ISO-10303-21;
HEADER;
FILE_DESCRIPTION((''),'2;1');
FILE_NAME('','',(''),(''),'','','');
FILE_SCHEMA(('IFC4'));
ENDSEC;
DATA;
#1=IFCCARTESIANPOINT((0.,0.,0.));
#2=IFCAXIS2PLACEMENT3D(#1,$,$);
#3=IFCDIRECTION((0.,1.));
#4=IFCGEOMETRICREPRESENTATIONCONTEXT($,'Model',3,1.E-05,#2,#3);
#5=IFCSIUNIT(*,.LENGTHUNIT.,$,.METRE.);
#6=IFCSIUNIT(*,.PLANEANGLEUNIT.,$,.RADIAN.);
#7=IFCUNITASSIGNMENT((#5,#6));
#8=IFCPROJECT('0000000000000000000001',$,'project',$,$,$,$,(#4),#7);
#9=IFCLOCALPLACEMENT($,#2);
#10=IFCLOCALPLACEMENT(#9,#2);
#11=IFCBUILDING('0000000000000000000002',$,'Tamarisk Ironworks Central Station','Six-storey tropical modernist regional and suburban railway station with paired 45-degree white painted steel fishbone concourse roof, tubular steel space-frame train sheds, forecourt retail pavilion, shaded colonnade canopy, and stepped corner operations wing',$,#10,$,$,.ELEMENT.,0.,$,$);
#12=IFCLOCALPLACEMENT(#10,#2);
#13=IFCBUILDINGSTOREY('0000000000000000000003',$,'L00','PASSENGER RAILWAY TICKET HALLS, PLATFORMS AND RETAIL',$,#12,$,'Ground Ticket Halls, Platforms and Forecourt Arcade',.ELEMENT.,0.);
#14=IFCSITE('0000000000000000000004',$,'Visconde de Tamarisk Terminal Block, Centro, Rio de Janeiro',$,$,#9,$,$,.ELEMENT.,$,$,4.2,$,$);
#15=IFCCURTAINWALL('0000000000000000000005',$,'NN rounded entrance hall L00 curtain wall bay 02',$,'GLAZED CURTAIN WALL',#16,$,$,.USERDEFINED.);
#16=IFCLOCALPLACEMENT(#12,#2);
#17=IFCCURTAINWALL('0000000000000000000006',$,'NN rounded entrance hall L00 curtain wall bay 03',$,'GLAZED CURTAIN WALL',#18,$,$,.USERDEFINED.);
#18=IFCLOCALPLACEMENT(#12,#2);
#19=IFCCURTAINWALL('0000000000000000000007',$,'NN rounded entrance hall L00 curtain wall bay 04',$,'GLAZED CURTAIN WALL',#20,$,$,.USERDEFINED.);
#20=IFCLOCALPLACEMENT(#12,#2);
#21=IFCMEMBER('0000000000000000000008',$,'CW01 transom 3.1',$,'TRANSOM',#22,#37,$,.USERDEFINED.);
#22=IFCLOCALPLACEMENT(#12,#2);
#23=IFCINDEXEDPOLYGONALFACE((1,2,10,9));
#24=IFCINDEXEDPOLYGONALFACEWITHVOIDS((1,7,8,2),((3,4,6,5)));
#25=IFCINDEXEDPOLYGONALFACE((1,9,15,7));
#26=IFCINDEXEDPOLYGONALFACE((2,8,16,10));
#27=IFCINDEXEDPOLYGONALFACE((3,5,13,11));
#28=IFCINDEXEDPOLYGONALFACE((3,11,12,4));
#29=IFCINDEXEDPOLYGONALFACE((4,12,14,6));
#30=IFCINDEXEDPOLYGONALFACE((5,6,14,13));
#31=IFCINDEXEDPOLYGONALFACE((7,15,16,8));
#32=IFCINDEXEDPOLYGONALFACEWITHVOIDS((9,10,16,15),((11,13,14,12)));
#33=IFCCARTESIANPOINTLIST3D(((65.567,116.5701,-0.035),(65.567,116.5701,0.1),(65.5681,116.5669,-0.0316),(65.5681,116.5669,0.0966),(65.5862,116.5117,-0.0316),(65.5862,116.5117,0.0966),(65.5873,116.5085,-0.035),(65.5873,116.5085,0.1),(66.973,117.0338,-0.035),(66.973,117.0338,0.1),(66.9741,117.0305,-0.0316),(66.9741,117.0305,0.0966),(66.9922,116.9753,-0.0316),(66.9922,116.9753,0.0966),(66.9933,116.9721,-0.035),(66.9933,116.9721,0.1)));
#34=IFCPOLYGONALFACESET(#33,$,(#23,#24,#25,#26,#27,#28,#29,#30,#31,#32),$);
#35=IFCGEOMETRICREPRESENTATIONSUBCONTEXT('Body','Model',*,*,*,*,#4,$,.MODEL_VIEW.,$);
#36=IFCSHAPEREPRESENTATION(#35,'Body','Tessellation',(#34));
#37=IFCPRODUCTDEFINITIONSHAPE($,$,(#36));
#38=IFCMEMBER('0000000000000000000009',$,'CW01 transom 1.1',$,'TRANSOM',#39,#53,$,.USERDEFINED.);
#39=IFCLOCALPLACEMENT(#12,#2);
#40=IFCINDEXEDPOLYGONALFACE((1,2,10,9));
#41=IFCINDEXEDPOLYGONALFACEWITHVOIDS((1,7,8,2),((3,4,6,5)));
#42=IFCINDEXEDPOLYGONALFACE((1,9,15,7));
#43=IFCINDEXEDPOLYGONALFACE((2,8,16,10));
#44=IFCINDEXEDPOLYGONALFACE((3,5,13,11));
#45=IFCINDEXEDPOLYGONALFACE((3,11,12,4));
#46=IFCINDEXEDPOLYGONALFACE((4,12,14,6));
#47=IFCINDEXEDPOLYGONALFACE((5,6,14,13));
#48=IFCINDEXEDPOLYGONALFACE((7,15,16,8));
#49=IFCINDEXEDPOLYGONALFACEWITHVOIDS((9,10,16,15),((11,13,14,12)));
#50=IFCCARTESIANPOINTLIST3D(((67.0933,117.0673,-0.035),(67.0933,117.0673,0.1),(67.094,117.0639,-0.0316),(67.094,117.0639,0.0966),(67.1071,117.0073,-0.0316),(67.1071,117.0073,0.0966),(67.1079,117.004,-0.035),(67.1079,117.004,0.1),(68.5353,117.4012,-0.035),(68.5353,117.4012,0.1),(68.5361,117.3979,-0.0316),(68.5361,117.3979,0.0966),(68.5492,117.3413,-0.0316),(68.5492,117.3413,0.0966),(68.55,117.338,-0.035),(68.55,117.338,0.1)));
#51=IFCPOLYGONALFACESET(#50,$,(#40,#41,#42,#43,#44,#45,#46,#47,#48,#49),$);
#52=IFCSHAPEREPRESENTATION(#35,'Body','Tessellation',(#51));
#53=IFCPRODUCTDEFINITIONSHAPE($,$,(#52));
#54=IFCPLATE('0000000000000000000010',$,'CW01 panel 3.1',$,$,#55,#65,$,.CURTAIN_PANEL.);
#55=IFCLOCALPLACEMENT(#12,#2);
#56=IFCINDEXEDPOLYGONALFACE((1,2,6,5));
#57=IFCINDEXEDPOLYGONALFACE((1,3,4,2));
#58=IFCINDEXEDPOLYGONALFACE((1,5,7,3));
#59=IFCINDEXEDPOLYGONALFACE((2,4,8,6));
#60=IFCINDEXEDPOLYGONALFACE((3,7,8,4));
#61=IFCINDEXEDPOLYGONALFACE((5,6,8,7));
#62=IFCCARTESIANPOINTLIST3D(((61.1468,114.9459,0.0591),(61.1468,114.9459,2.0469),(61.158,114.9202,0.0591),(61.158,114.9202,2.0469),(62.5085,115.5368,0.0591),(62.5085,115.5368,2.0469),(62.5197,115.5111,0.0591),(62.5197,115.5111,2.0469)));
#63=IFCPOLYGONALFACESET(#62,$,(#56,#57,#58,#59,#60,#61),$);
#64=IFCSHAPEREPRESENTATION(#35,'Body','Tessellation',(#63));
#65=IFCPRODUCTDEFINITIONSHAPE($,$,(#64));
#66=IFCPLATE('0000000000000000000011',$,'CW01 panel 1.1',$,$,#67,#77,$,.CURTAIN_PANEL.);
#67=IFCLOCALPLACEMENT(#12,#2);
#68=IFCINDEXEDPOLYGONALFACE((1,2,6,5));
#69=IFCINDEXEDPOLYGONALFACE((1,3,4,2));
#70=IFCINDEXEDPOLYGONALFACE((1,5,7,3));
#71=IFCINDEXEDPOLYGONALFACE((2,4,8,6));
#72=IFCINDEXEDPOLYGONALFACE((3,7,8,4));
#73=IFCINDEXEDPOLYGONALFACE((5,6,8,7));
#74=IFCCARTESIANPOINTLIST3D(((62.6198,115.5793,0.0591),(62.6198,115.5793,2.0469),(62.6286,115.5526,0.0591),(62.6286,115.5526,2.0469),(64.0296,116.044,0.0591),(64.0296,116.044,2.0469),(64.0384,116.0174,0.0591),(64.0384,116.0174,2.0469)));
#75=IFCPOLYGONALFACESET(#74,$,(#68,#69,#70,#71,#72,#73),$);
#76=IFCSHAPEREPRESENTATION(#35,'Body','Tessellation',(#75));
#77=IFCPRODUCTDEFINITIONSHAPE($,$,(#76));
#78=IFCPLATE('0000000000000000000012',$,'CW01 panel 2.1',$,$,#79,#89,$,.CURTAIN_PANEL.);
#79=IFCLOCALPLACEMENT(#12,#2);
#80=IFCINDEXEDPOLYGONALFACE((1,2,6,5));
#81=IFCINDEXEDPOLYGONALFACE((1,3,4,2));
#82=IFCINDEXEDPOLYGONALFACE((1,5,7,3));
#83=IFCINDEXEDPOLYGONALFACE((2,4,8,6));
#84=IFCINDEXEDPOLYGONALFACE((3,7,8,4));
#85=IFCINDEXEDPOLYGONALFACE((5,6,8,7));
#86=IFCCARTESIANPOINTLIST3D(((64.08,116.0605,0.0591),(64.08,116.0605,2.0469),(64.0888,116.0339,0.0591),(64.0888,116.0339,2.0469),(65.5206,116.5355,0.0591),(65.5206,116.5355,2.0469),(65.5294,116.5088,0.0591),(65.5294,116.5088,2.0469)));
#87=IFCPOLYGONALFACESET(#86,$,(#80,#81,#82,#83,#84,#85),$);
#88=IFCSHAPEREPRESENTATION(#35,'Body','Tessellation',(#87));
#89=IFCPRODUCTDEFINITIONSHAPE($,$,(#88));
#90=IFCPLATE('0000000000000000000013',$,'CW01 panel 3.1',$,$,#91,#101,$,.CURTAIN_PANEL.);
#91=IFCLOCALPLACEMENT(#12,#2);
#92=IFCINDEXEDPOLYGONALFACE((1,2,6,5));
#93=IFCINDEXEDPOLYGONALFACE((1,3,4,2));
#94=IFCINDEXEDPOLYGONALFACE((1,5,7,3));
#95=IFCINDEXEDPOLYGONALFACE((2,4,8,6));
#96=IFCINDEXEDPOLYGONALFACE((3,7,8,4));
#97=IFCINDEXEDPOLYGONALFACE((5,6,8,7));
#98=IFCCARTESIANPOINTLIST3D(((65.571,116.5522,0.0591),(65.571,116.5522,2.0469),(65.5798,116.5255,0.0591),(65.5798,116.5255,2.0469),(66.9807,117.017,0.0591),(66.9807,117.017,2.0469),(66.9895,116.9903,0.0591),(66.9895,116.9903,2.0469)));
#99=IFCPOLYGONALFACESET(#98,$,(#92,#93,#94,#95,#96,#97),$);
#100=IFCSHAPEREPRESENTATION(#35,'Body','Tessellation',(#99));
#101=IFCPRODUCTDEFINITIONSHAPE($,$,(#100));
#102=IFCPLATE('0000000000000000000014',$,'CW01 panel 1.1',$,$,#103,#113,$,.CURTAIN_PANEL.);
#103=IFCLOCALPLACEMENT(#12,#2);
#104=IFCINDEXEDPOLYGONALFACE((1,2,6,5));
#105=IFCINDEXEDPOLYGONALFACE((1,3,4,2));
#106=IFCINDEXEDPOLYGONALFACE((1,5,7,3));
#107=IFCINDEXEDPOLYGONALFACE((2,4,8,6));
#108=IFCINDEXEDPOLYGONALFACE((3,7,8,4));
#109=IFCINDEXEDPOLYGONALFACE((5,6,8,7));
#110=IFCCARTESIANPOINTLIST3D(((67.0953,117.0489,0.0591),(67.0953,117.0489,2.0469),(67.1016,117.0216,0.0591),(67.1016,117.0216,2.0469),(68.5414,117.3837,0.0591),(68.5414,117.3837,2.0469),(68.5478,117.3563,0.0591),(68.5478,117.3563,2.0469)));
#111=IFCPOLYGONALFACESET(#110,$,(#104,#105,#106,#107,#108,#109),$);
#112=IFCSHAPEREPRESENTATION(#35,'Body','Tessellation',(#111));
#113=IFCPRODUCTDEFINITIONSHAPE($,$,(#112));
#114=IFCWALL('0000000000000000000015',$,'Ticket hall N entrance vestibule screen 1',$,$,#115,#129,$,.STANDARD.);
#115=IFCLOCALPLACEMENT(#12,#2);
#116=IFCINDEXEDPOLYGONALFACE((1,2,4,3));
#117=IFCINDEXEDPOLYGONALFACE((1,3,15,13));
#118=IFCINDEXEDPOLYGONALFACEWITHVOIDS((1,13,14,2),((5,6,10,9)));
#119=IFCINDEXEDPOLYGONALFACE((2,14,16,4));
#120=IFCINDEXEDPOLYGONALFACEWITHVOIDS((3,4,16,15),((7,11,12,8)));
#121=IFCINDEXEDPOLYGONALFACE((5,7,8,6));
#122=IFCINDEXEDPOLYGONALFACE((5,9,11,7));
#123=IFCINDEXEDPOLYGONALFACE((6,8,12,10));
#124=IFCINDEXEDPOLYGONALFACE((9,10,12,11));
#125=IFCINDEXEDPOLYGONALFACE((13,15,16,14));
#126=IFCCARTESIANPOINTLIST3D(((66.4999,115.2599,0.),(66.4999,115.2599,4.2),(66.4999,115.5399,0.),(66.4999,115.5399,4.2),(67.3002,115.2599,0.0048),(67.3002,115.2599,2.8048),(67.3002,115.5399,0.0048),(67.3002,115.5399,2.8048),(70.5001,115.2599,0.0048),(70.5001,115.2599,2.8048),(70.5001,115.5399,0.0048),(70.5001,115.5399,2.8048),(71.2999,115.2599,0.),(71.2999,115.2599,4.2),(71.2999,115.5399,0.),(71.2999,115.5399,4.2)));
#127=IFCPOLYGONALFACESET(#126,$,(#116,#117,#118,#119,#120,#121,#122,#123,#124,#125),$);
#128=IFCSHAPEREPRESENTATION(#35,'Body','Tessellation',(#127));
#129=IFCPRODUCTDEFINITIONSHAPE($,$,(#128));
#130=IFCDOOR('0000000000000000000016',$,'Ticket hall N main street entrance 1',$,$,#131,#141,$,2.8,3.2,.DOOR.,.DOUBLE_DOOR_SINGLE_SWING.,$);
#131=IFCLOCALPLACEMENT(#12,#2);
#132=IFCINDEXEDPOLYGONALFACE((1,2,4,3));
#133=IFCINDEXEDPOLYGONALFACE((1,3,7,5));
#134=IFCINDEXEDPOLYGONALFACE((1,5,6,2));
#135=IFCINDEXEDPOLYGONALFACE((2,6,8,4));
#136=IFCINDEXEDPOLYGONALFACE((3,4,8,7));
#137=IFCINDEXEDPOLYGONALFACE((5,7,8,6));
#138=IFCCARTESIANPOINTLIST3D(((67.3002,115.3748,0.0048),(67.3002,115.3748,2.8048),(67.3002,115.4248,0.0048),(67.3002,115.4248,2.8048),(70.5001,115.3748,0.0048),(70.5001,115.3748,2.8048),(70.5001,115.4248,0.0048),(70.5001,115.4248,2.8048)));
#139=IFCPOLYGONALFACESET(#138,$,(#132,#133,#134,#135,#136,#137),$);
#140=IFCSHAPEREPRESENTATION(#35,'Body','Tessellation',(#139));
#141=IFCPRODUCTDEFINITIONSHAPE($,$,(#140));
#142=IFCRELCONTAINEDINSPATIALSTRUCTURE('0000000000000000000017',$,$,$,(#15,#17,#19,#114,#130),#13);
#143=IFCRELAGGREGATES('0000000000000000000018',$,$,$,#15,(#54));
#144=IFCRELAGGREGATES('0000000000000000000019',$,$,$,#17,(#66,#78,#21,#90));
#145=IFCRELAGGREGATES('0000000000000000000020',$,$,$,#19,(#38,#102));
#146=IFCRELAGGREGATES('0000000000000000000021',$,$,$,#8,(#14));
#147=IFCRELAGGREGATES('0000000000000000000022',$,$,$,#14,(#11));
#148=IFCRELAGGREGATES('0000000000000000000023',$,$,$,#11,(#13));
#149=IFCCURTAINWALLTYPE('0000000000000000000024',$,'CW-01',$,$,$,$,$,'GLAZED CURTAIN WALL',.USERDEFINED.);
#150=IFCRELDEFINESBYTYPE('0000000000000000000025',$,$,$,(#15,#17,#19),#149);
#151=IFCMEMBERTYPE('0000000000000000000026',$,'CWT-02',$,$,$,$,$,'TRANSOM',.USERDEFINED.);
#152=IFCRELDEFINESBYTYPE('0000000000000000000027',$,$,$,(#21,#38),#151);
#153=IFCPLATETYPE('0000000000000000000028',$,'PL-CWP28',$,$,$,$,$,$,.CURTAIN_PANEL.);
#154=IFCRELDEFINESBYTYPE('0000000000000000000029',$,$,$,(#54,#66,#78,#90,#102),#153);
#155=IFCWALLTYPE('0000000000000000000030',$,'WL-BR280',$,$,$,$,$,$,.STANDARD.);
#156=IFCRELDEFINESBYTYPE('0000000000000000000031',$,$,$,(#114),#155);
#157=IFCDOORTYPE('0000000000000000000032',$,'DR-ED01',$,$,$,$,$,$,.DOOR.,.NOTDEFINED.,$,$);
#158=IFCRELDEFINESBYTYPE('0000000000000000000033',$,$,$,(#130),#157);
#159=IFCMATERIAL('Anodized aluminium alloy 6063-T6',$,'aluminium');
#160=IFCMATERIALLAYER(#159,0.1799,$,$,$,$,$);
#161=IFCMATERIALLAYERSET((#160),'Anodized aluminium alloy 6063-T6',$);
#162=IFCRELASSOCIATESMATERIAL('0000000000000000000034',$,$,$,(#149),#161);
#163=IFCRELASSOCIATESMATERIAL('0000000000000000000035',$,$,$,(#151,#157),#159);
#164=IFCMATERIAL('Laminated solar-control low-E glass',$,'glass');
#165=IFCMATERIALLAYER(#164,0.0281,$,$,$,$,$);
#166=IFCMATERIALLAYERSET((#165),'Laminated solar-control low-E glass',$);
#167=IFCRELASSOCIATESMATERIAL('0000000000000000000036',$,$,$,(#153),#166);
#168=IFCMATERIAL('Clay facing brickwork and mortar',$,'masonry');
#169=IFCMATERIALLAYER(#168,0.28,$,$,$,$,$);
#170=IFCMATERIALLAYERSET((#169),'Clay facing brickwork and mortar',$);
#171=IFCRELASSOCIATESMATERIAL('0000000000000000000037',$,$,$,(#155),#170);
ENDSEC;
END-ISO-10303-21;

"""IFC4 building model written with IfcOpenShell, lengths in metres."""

from ifc_helpers import new_model, si_unit, direction, frame, frame_2d, origin, origin_2d, place, context, subcontext, project, spatial, rectangle, hollow_rectangle, extrude, material, layer, layer_set, material_profile, profile_set, type_object, element, fill, aggregate, save


model = new_model("IFC4")

# Units and contexts
model_context = context("Model", 3, precision=1e-05, world=origin(), true_north=direction((0.0, 1.0)))
body_context = subcontext(model_context, "Body", "Model", "MODEL_VIEW")
ifc_project = project(units=[si_unit("LENGTHUNIT", "METRE"), si_unit("PLANEANGLEUNIT", "RADIAN")], contexts=[model_context])

# Site, building, storey
site_placement = place(None, origin())
site = spatial("IfcSite", under=ifc_project, at=site_placement, Name="Visconde de Tamarisk Terminal Block, Centro, Rio de Janeiro", CompositionType="ELEMENT", RefElevation=4.2)
building_placement = place(site_placement, origin())
building = spatial("IfcBuilding", under=site, at=building_placement, Name="Tamarisk Ironworks Central Station", Description="Six-storey tropical modernist regional and suburban railway station with paired 45-degree white painted steel fishbone concourse roof, tubular steel space-frame train sheds, forecourt retail pavilion, shaded colonnade canopy, and stepped corner operations wing", CompositionType="ELEMENT", ElevationOfRefHeight=0.0)
storey_placement = place(building_placement, origin())
storey = spatial("IfcBuildingStorey", under=building, at=storey_placement, Name="L00", Description="PASSENGER RAILWAY TICKET HALLS, PLATFORMS AND RETAIL", LongName="Ground Ticket Halls, Platforms and Forecourt Arcade", CompositionType="ELEMENT", Elevation=0.0)

# Curtain walls
ifc_material_1 = material(Name="Anodized aluminium alloy 6063-T6", Category="aluminium")
ifc_layer_1 = layer(ifc_material_1, 0.1799)
ifc_layer_set_1 = layer_set([ifc_layer_1], Name="Anodized aluminium alloy 6063-T6")
curtain_wall_type = type_object("IfcCurtainWallType", Name="CW-01", ElementType="GLAZED CURTAIN WALL", PredefinedType="USERDEFINED", material=ifc_layer_set_1)
curtain_wall_1_placement = place(storey_placement, origin())
curtain_wall_1 = element("IfcCurtainWall", 1, at=curtain_wall_1_placement, inside=storey, type_object=curtain_wall_type, Name="NN rounded entrance hall L00 curtain wall bay 02", ObjectType="GLAZED CURTAIN WALL", PredefinedType="USERDEFINED")
curtain_wall_2_placement = place(storey_placement, origin())
curtain_wall_2 = element("IfcCurtainWall", 2, at=curtain_wall_2_placement, inside=storey, type_object=curtain_wall_type, Name="NN rounded entrance hall L00 curtain wall bay 03", ObjectType="GLAZED CURTAIN WALL", PredefinedType="USERDEFINED")

# Curtain wall
curtain_wall_3_placement = place(storey_placement, origin())
curtain_wall_3 = element("IfcCurtainWall", 3, at=curtain_wall_3_placement, inside=storey, type_object=curtain_wall_type, Name="NN rounded entrance hall L00 curtain wall bay 04", ObjectType="GLAZED CURTAIN WALL", PredefinedType="USERDEFINED")

# Members
ifc_material_profile_1 = material_profile(ifc_material_1, hollow_rectangle(XDim=0.0649, YDim=0.135, WallThickness=0.0034, at=origin_2d()), Name="ALUM 135x65")
ifc_profile_set_1 = profile_set([ifc_material_profile_1], Name="Anodized aluminium alloy 6063-T6")
member_type_1 = type_object("IfcMemberType", Name="CWT-02", ElementType="TRANSOM", PredefinedType="USERDEFINED", material=ifc_profile_set_1)
member_1_placement = place(storey_placement, frame((65.5771, 116.5393, 0.0325), z_axis=(0.949701, 0.313159, 0.0), x_axis=(-0.313159, 0.949701, 0.0)))
member_1 = element("IfcMember", 4, at=member_1_placement, type_object=member_type_1, Name="CW01 transom 3.1", ObjectType="TRANSOM", PredefinedType="USERDEFINED", context=body_context, shape_type="SweptSolid", body=[
    extrude(hollow_rectangle(XDim=0.0649, YDim=0.135, WallThickness=0.0034, at=origin_2d()), origin(), (0.0, 0.0, 1.0), 1.4805),
])
member_2_placement = place(storey_placement, frame((67.1006, 117.0356, 0.0325), z_axis=(0.974216, 0.225618, 0.0), x_axis=(-0.225618, 0.974216, 0.0)))
member_2 = element("IfcMember", 5, at=member_2_placement, type_object=member_type_1, Name="CW01 transom 1.1", ObjectType="TRANSOM", PredefinedType="USERDEFINED", context=body_context, shape_type="SweptSolid", body=[
    extrude(hollow_rectangle(XDim=0.0649, YDim=0.135, WallThickness=0.0034, at=origin_2d()), origin(), (0.0, 0.0, 1.0), 1.4802),
])

# Plates
ifc_material_2 = material(Name="Laminated solar-control low-E glass", Category="glass")
ifc_layer_2 = layer(ifc_material_2, 0.0281)
ifc_layer_set_2 = layer_set([ifc_layer_2], Name="Laminated solar-control low-E glass")
plate_type = type_object("IfcPlateType", Name="PL-CWP28", PredefinedType="CURTAIN_PANEL", material=ifc_layer_set_2)
plate_1_placement = place(storey_placement, frame((61.8333, 115.2285, 0.0591), z_axis=(0.0, 0.0, 1.0), x_axis=(0.917352, 0.398077, 0.0)))
plate_1 = element("IfcPlate", 6, at=plate_1_placement, type_object=plate_type, Name="CW01 panel 3.1", PredefinedType="CURTAIN_PANEL", context=body_context, shape_type="SweptSolid", body=[
    extrude(rectangle(XDim=1.4844, YDim=0.0281, at=origin_2d()), origin(), (0.0, 0.0, 1.0), 1.9878),
])
aggregate(curtain_wall_1, [plate_1])
plate_2_placement = place(storey_placement, frame((63.3291, 115.7983, 0.0591), z_axis=(0.0, 0.0, 1.0), x_axis=(0.949721, 0.313098, 0.0)))
plate_2 = element("IfcPlate", 7, at=plate_2_placement, type_object=plate_type, Name="CW01 panel 1.1", PredefinedType="CURTAIN_PANEL", context=body_context, shape_type="SweptSolid", body=[
    extrude(rectangle(XDim=1.4844, YDim=0.0281, at=origin_2d()), origin(), (0.0, 0.0, 1.0), 1.9878),
])
plate_3_placement = place(storey_placement, frame((64.8047, 116.2847, 0.0591), z_axis=(0.0, 0.0, 1.0), x_axis=(0.949721, 0.313098, 0.0)))
plate_3 = element("IfcPlate", 8, at=plate_3_placement, type_object=plate_type, Name="CW01 panel 2.1", PredefinedType="CURTAIN_PANEL", context=body_context, shape_type="SweptSolid", body=[
    extrude(rectangle(XDim=1.5168, YDim=0.0281, at=origin_2d()), origin(), (0.0, 0.0, 1.0), 1.9878),
])
plate_4_placement = place(storey_placement, frame((66.2803, 116.7712, 0.0591), z_axis=(0.0, 0.0, 1.0), x_axis=(0.949721, 0.313098, 0.0)))
plate_4 = element("IfcPlate", 9, at=plate_4_placement, type_object=plate_type, Name="CW01 panel 3.1", PredefinedType="CURTAIN_PANEL", context=body_context, shape_type="SweptSolid", body=[
    extrude(rectangle(XDim=1.4844, YDim=0.0281, at=origin_2d()), origin(), (0.0, 0.0, 1.0), 1.9878),
])
aggregate(curtain_wall_2, [plate_2, plate_3, member_1, plate_4])
plate_5_placement = place(storey_placement, frame((67.8215, 117.2026, 0.0591), z_axis=(0.0, 0.0, 1.0), x_axis=(0.974239, 0.225517, 0.0)))
plate_5 = element("IfcPlate", 10, at=plate_5_placement, type_object=plate_type, Name="CW01 panel 1.1", PredefinedType="CURTAIN_PANEL", context=body_context, shape_type="SweptSolid", body=[
    extrude(rectangle(XDim=1.4844, YDim=0.0281, at=origin_2d()), origin(), (0.0, 0.0, 1.0), 1.9878),
])
aggregate(curtain_wall_3, [member_2, plate_5])

# Wall, opening, door
ifc_material_3 = material(Name="Clay facing brickwork and mortar", Category="masonry")
ifc_layer_3 = layer(ifc_material_3, 0.28)
ifc_layer_set_3 = layer_set([ifc_layer_3], Name="Clay facing brickwork and mortar")
wall_type = type_object("IfcWallType", Name="WL-BR280", PredefinedType="STANDARD", material=ifc_layer_set_3)
wall_placement = place(storey_placement, frame((66.5, 115.3999, 0.0), z_axis=(0.0, 0.0, 1.0), x_axis=(1.0, 0.0, 0.0)))
wall = element("IfcWall", 11, at=wall_placement, inside=storey, type_object=wall_type, Name="Ticket hall N entrance vestibule screen 1", PredefinedType="STANDARD", context=body_context, shape_type="SweptSolid", body=[
    extrude(rectangle(XDim=4.8, YDim=0.28, at=frame_2d((2.3999, 0.0))), origin(), (0.0, 0.0, 1.0), 4.2),
])
opening_placement = place(wall_placement, frame((0.8, 0.0, 0.0049)))
opening = element("IfcOpeningElement", 12, at=opening_placement, cuts=wall, PredefinedType="OPENING", context=body_context, shape_type="SweptSolid", body=[
    extrude(rectangle(XDim=3.2, YDim=2.8, at=frame_2d((1.6001, 1.3999))), frame((0.0, 0.1519, 0.0), z_axis=(0.0, -1.0, 0.0), x_axis=(1.0, 0.0, 0.0)), (0.0, 0.0, 1.0), 0.304),
])
door_type = type_object("IfcDoorType", Name="DR-ED01", OperationType="NOTDEFINED", PredefinedType="DOOR", material=ifc_material_1)
door_placement = place(opening_placement, origin())
door = element("IfcDoor", 13, at=door_placement, inside=storey, type_object=door_type, Name="Ticket hall N main street entrance 1", OperationType="DOUBLE_DOOR_SINGLE_SWING", OverallHeight=2.8, OverallWidth=3.2, PredefinedType="DOOR", context=body_context, shape_type="SweptSolid", body=[
    extrude(rectangle(XDim=3.2, YDim=2.8, at=frame_2d((1.6001, 1.3999))), frame((0.0, 0.0249, 0.0), z_axis=(0.0, -1.0, 0.0), x_axis=(1.0, 0.0, 0.0)), (0.0, 0.0, 1.0), 0.05),
])
fill(opening, door)

save(model, "model.ifc")
